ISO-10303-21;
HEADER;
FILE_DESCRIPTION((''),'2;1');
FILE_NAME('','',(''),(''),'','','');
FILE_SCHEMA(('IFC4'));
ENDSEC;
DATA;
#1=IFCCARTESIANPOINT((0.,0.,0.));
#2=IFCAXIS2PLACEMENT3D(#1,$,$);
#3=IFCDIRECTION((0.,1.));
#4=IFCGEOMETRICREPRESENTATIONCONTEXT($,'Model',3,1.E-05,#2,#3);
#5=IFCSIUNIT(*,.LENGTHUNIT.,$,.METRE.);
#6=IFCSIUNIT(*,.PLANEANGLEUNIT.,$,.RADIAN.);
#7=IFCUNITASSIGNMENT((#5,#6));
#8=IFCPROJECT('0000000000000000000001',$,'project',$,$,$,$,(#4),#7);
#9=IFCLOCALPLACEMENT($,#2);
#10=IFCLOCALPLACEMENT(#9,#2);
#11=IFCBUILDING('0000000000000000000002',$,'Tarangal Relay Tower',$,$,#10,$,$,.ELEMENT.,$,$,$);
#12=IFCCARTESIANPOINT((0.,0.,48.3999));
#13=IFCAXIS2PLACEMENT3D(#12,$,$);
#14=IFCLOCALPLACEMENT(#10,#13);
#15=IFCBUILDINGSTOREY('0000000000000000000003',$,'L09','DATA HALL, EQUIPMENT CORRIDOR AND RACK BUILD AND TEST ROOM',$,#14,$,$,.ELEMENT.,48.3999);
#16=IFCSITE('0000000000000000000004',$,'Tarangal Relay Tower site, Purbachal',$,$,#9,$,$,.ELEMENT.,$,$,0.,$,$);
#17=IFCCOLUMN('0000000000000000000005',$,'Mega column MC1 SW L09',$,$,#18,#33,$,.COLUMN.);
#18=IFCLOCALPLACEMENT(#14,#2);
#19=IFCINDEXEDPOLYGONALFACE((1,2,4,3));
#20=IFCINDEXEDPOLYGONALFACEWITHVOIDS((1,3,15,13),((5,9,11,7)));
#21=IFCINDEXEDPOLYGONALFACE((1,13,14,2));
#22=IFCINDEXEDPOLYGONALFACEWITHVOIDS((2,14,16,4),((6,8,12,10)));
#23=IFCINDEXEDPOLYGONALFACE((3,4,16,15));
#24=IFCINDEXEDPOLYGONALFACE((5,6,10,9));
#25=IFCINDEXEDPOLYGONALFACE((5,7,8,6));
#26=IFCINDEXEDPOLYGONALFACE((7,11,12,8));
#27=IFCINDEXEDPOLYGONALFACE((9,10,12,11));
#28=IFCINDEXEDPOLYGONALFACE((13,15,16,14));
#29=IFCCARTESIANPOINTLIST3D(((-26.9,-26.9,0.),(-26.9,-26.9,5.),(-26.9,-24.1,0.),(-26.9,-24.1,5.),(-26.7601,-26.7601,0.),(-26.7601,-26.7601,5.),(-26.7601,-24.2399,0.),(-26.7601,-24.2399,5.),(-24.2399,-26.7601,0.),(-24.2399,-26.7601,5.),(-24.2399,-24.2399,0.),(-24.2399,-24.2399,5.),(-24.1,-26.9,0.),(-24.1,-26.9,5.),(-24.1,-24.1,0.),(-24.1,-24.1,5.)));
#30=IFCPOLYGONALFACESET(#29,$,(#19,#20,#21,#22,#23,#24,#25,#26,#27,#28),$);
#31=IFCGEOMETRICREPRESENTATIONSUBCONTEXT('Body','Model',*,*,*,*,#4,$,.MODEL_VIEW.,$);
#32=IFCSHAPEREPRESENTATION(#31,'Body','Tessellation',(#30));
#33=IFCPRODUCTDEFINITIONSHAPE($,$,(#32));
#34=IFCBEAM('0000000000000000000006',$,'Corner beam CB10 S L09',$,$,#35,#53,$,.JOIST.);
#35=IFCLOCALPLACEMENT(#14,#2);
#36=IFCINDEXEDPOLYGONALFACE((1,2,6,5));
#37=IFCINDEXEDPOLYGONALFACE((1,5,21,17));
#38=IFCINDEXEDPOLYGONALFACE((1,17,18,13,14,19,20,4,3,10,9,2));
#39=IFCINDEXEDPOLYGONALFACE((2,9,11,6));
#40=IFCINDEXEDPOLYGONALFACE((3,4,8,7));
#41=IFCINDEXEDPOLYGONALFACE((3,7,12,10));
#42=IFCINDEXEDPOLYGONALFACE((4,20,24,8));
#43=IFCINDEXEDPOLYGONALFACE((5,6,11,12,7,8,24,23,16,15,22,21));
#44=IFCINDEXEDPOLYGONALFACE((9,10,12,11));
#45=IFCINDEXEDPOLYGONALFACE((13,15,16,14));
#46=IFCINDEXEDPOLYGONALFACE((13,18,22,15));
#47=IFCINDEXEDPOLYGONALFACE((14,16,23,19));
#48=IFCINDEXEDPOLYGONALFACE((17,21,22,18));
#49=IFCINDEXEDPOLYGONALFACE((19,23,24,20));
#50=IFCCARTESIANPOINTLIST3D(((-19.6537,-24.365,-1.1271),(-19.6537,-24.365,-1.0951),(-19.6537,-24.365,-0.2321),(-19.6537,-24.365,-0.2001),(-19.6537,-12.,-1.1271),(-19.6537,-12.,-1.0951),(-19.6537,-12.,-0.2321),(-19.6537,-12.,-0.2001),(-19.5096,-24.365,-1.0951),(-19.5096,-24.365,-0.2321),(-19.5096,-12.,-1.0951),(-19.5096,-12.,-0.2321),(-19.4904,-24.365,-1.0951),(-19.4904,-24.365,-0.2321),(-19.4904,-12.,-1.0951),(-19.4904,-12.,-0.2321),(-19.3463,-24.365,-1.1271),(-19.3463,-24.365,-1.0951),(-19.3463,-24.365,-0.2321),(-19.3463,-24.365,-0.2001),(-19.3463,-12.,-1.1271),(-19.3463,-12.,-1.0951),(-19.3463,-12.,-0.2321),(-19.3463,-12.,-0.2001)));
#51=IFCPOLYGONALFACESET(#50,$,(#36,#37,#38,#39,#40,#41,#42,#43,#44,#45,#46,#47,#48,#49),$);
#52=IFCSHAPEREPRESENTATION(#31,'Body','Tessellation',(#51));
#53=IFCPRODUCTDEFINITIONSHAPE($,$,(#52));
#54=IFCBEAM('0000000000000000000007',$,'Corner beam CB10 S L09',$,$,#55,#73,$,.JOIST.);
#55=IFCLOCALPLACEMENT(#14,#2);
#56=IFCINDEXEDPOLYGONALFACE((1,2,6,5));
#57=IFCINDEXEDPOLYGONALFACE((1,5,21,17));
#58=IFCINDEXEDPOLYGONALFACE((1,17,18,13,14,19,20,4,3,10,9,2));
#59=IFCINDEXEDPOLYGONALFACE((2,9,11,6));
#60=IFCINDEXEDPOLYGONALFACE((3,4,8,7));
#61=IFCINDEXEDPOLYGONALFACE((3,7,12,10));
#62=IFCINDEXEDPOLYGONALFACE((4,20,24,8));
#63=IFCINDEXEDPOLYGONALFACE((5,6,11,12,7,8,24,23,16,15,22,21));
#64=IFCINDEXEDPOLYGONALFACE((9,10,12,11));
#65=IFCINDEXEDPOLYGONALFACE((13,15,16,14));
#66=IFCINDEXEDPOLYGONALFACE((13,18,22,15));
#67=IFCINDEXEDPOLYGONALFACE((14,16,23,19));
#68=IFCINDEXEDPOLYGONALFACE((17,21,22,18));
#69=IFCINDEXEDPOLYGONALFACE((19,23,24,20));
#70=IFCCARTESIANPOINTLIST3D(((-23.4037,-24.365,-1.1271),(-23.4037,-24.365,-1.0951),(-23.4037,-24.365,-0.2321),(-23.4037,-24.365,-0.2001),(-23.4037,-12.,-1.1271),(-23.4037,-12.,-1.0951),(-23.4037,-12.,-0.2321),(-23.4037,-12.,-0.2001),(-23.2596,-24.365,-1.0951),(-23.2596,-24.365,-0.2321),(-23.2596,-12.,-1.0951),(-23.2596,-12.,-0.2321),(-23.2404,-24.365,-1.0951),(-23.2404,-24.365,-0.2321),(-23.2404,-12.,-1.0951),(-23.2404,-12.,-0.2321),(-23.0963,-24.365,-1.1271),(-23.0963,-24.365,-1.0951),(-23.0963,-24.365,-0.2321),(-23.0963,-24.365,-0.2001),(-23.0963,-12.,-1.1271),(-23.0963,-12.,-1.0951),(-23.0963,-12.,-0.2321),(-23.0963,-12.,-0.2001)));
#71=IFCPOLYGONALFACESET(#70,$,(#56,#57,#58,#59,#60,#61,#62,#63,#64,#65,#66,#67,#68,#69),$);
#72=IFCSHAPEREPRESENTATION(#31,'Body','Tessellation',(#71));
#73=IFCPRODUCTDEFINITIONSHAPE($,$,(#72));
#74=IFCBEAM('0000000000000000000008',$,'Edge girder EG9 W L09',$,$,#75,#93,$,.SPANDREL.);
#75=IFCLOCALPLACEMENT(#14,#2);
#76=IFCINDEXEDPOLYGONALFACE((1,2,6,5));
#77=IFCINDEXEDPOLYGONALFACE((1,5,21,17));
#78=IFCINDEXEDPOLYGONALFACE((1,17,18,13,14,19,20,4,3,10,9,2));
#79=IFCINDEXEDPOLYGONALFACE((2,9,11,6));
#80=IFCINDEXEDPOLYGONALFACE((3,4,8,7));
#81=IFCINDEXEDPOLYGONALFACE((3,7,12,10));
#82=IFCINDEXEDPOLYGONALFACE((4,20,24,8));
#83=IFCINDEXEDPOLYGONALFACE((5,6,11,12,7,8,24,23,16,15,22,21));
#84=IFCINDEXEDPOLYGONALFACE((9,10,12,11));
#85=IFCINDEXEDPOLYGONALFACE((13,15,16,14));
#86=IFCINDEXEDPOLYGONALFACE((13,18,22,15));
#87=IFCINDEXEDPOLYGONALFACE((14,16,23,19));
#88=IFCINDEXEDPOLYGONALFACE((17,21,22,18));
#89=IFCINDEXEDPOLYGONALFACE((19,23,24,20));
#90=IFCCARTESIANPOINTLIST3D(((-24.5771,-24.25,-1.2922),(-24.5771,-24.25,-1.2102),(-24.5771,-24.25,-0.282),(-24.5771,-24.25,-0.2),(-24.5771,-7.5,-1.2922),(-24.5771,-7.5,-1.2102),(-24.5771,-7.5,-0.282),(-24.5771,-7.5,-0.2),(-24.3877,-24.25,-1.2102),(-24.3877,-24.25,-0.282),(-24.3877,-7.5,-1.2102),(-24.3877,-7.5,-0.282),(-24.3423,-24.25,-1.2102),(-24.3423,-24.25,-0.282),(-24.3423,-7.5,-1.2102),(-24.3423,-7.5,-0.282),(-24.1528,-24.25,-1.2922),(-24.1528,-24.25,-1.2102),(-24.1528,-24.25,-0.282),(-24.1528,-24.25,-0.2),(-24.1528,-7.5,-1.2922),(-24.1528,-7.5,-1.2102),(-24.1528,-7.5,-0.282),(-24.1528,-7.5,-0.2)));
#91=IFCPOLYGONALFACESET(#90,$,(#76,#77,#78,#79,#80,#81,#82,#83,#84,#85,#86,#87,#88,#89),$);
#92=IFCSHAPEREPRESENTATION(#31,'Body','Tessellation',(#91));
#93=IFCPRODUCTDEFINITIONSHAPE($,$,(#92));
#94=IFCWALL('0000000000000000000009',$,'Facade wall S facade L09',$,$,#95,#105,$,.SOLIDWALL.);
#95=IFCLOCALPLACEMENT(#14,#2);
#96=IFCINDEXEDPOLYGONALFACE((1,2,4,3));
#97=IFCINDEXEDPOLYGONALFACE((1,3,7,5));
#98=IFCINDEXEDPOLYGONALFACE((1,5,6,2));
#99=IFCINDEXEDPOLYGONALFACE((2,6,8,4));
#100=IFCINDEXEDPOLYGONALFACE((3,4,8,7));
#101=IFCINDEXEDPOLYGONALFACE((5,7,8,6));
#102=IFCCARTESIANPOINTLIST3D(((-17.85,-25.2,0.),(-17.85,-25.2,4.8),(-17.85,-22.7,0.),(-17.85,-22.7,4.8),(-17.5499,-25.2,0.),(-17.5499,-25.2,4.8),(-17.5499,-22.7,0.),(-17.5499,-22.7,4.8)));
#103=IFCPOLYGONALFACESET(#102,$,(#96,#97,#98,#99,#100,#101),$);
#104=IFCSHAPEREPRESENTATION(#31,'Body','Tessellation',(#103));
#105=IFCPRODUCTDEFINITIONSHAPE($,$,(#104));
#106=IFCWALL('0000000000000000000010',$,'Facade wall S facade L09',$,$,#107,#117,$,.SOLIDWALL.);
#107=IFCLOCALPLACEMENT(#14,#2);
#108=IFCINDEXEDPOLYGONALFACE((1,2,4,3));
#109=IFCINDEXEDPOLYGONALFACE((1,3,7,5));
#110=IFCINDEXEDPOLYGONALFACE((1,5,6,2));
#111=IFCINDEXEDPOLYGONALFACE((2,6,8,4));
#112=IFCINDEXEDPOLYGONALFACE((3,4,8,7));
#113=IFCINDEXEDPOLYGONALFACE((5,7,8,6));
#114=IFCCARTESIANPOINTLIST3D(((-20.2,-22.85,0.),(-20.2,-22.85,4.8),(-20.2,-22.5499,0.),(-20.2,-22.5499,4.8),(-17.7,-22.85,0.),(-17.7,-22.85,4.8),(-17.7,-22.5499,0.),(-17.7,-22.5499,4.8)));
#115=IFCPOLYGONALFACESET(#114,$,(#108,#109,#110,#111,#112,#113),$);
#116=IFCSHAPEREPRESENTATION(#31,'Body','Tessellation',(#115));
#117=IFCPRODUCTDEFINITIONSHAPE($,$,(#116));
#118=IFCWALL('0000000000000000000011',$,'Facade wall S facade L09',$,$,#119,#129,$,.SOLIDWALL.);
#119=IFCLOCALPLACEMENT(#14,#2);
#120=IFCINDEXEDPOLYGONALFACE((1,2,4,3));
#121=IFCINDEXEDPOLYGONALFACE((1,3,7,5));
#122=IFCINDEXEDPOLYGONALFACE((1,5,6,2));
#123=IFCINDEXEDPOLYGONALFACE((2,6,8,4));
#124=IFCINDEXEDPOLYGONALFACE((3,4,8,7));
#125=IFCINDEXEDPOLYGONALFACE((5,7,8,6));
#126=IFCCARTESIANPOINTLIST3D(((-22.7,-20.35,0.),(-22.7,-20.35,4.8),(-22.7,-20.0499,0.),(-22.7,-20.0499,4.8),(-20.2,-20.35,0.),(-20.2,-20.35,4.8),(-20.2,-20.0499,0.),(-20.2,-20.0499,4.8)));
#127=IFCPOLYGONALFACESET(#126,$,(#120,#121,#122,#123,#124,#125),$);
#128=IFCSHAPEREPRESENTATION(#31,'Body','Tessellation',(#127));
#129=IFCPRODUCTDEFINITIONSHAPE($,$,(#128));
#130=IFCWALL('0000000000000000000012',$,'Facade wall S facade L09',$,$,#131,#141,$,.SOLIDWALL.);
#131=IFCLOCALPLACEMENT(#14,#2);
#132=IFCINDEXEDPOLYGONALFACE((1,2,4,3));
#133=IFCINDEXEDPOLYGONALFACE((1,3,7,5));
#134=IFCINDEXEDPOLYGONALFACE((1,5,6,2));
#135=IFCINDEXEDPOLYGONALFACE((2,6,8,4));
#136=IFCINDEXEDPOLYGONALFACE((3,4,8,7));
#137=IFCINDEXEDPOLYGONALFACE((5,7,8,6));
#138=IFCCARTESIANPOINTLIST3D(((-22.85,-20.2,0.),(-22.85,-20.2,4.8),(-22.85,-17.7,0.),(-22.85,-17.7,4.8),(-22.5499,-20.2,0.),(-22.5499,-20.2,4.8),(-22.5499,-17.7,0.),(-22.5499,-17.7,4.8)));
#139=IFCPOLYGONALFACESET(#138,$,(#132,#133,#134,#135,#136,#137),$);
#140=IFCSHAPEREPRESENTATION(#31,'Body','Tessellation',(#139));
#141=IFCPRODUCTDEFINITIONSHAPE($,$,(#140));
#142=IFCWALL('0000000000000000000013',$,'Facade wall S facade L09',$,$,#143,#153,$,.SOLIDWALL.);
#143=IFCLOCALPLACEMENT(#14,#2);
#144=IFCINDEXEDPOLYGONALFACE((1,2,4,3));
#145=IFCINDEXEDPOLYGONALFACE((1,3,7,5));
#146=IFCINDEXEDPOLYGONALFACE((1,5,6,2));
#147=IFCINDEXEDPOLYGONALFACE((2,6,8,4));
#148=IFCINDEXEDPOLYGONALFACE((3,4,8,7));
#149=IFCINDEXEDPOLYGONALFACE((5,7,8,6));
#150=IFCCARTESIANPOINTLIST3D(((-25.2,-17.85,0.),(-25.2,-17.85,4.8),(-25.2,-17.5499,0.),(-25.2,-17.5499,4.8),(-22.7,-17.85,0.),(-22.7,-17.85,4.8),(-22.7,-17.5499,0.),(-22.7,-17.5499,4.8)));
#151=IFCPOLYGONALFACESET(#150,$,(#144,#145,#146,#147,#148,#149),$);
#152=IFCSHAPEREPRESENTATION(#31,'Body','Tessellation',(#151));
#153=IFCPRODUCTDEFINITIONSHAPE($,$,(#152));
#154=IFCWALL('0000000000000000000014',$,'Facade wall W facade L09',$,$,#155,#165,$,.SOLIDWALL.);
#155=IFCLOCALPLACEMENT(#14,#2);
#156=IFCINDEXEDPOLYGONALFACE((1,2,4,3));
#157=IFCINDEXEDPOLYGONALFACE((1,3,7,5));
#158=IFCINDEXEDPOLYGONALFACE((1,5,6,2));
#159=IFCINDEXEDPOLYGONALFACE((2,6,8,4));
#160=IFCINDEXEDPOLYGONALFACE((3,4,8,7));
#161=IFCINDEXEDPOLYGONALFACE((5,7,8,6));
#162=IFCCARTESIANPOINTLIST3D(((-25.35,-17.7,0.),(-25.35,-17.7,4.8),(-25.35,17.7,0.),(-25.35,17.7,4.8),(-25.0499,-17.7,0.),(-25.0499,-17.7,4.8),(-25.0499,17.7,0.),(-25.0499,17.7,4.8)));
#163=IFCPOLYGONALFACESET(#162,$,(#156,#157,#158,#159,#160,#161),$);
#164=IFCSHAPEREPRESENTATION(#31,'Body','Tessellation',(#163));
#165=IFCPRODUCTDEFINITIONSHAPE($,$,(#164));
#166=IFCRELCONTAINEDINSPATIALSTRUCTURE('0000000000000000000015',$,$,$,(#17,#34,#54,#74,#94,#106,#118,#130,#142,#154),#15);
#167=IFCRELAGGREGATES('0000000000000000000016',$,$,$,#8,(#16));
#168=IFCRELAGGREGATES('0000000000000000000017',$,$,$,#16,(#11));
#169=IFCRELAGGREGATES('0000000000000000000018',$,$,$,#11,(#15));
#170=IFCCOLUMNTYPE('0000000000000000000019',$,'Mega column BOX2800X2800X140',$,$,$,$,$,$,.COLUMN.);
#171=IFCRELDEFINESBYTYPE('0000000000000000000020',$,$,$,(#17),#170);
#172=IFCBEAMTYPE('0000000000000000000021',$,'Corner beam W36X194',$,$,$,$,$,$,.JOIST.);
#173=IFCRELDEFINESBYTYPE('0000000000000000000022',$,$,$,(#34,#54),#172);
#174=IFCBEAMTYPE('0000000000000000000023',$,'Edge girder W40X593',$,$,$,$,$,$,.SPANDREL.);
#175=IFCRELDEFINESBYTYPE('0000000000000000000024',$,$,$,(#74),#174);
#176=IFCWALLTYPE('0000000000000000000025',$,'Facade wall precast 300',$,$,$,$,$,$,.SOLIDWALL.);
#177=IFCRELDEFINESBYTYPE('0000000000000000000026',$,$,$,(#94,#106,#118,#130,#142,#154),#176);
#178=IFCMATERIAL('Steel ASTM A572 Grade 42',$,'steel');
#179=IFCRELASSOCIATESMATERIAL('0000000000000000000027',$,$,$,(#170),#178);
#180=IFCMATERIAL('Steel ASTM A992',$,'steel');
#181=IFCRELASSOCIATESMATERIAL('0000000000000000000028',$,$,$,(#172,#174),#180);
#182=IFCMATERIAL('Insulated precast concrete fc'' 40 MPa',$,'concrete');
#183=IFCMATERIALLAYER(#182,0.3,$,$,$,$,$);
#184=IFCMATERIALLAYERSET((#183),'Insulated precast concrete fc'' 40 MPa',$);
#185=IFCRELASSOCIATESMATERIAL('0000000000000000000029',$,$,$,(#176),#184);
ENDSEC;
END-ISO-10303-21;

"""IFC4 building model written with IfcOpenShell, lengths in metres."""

from ifc_helpers import new_model, si_unit, direction, frame, frame_2d, origin, origin_2d, place, context, subcontext, project, spatial, rectangle, hollow_rectangle, i_section, extrude, material, layer, layer_set, material_profile, profile_set, type_object, element, save


model = new_model("IFC4")

# Units and contexts
model_context = context("Model", 3, precision=1e-05, world=origin(), true_north=direction((0.0, 1.0)))
body_context = subcontext(model_context, "Body", "Model", "MODEL_VIEW")
ifc_project = project(units=[si_unit("LENGTHUNIT", "METRE"), si_unit("PLANEANGLEUNIT", "RADIAN")], contexts=[model_context])

# Site, building, storey
site_placement = place(None, origin())
site = spatial("IfcSite", under=ifc_project, at=site_placement, Name="Tarangal Relay Tower site, Purbachal", CompositionType="ELEMENT", RefElevation=0.0)
building_placement = place(site_placement, origin())
building = spatial("IfcBuilding", under=site, at=building_placement, Name="Tarangal Relay Tower", CompositionType="ELEMENT")
storey_placement = place(building_placement, frame((0.0, 0.0, 48.3999)))
storey = spatial("IfcBuildingStorey", under=building, at=storey_placement, Name="L09", Description="DATA HALL, EQUIPMENT CORRIDOR AND RACK BUILD AND TEST ROOM", CompositionType="ELEMENT", Elevation=48.3999)

# Column
ifc_material_1 = material(Name="Steel ASTM A572 Grade 42", Category="steel")
ifc_material_profile_1 = material_profile(ifc_material_1, hollow_rectangle(XDim=2.8, YDim=2.8, WallThickness=0.1399, at=origin_2d()), Name="BOX2800X2800X140")
ifc_profile_set_1 = profile_set([ifc_material_profile_1], Name="Steel ASTM A572 Grade 42")
column_type = type_object("IfcColumnType", Name="Mega column BOX2800X2800X140", PredefinedType="COLUMN", material=ifc_profile_set_1)
column_placement = place(storey_placement, frame((-25.5, -25.5, 0.0), z_axis=(0.0, 0.0, 1.0), x_axis=(1.0, 0.0, 0.0)))
element("IfcColumn", 1, at=column_placement, inside=storey, type_object=column_type, Name="Mega column MC1 SW L09", PredefinedType="COLUMN", context=body_context, shape_type="SweptSolid", body=[
    extrude(hollow_rectangle(XDim=2.8, YDim=2.8, WallThickness=0.1399, at=origin_2d()), origin(), (0.0, 0.0, 1.0), 5.0),
])

# Beams
ifc_material_2 = material(Name="Steel ASTM A992", Category="steel")
ifc_material_profile_2 = material_profile(ifc_material_2, i_section(OverallWidth=0.3074, OverallDepth=0.927, WebThickness=0.0193, FlangeThickness=0.032, at=origin_2d()), Name="W36X194")
ifc_profile_set_2 = profile_set([ifc_material_profile_2], Name="Steel ASTM A992")
beam_type_1 = type_object("IfcBeamType", Name="Corner beam W36X194", PredefinedType="JOIST", material=ifc_profile_set_2)
for number, where, z_axis, x_axis, name in (
    (2, (-19.5, -12.0, -0.6636), (0.0, -1.0, 0.0), (1.0, 0.0, 0.0), "Corner beam CB10 S L09"),
    (3, (-23.25, -12.0, -0.6636), (0.0, -1.0, 0.0), (1.0, 0.0, 0.0), "Corner beam CB10 S L09"),
):
    element("IfcBeam", number, at=place(storey_placement, frame(where, z_axis=z_axis, x_axis=x_axis)), inside=storey, type_object=beam_type_1, Name=name, PredefinedType="JOIST", context=body_context, shape_type="SweptSolid", body=[
        extrude(i_section(OverallWidth=0.3074, OverallDepth=0.927, WebThickness=0.0193, FlangeThickness=0.032, at=origin_2d()), origin(), (0.0, 0.0, 1.0), 12.365),
    ])
ifc_material_profile_3 = material_profile(ifc_material_2, i_section(OverallWidth=0.4243, OverallDepth=1.0923, WebThickness=0.0454, FlangeThickness=0.082, at=origin_2d()), Name="W40X593")
ifc_profile_set_3 = profile_set([ifc_material_profile_3], Name="Steel ASTM A992")
beam_type_2 = type_object("IfcBeamType", Name="Edge girder W40X593", PredefinedType="SPANDREL", material=ifc_profile_set_3)
beam_placement = place(storey_placement, frame((-24.365, -24.25, -0.7461), z_axis=(0.0, 1.0, 0.0), x_axis=(-1.0, 0.0, 0.0)))
element("IfcBeam", 4, at=beam_placement, inside=storey, type_object=beam_type_2, Name="Edge girder EG9 W L09", PredefinedType="SPANDREL", context=body_context, shape_type="SweptSolid", body=[
    extrude(i_section(OverallWidth=0.4243, OverallDepth=1.0923, WebThickness=0.0454, FlangeThickness=0.082, at=origin_2d()), origin(), (0.0, 0.0, 1.0), 16.75),
])

# Walls
ifc_material_3 = material(Name="Insulated precast concrete fc' 40 MPa", Category="concrete")
ifc_layer_1 = layer(ifc_material_3, 0.3)
ifc_layer_set_1 = layer_set([ifc_layer_1], Name="Insulated precast concrete fc' 40 MPa")
wall_type_1 = type_object("IfcWallType", Name="Facade wall precast 300", PredefinedType="SOLIDWALL", material=ifc_layer_set_1)
for number, where, z_axis, x_axis, name in (
    (5, (-17.7, -25.2, 0.0), (0.0, 0.0, 1.0), (0.0, 1.0, 0.0), "Facade wall S facade L09"),
    (6, (-17.7, -22.7, 0.0), (0.0, 0.0, 1.0), (-1.0, 0.0, 0.0), "Facade wall S facade L09"),
):
    element("IfcWall", number, at=place(storey_placement, frame(where, z_axis=z_axis, x_axis=x_axis)), inside=storey, type_object=wall_type_1, Name=name, PredefinedType="SOLIDWALL", context=body_context, shape_type="SweptSolid", body=[
        extrude(rectangle(XDim=2.5, YDim=0.3, at=frame_2d((1.25, 0.0))), origin(), (0.0, 0.0, 1.0), 4.8),
    ])

# Walls
for number, where, z_axis, x_axis, name in (
    (7, (-20.2, -20.2, 0.0), (0.0, 0.0, 1.0), (-1.0, 0.0, 0.0), "Facade wall S facade L09"),
    (8, (-22.7, -20.2, 0.0), (0.0, 0.0, 1.0), (0.0, 1.0, 0.0), "Facade wall S facade L09"),
    (9, (-22.7, -17.7, 0.0), (0.0, 0.0, 1.0), (-1.0, 0.0, 0.0), "Facade wall S facade L09"),
):
    element("IfcWall", number, at=place(storey_placement, frame(where, z_axis=z_axis, x_axis=x_axis)), inside=storey, type_object=wall_type_1, Name=name, PredefinedType="SOLIDWALL", context=body_context, shape_type="SweptSolid", body=[
        extrude(rectangle(XDim=2.5, YDim=0.3, at=frame_2d((1.25, 0.0))), origin(), (0.0, 0.0, 1.0), 4.8),
    ])
wall_1_placement = place(storey_placement, frame((-25.2, -17.7, 0.0), z_axis=(0.0, 0.0, 1.0), x_axis=(0.0, 1.0, 0.0)))
element("IfcWall", 10, at=wall_1_placement, inside=storey, type_object=wall_type_1, Name="Facade wall W facade L09", PredefinedType="SOLIDWALL", context=body_context, shape_type="SweptSolid", body=[
    extrude(rectangle(XDim=35.3999, YDim=0.3, at=frame_2d((17.7, 0.0))), origin(), (0.0, 0.0, 1.0), 4.8),
])

save(model, "model.ifc")
